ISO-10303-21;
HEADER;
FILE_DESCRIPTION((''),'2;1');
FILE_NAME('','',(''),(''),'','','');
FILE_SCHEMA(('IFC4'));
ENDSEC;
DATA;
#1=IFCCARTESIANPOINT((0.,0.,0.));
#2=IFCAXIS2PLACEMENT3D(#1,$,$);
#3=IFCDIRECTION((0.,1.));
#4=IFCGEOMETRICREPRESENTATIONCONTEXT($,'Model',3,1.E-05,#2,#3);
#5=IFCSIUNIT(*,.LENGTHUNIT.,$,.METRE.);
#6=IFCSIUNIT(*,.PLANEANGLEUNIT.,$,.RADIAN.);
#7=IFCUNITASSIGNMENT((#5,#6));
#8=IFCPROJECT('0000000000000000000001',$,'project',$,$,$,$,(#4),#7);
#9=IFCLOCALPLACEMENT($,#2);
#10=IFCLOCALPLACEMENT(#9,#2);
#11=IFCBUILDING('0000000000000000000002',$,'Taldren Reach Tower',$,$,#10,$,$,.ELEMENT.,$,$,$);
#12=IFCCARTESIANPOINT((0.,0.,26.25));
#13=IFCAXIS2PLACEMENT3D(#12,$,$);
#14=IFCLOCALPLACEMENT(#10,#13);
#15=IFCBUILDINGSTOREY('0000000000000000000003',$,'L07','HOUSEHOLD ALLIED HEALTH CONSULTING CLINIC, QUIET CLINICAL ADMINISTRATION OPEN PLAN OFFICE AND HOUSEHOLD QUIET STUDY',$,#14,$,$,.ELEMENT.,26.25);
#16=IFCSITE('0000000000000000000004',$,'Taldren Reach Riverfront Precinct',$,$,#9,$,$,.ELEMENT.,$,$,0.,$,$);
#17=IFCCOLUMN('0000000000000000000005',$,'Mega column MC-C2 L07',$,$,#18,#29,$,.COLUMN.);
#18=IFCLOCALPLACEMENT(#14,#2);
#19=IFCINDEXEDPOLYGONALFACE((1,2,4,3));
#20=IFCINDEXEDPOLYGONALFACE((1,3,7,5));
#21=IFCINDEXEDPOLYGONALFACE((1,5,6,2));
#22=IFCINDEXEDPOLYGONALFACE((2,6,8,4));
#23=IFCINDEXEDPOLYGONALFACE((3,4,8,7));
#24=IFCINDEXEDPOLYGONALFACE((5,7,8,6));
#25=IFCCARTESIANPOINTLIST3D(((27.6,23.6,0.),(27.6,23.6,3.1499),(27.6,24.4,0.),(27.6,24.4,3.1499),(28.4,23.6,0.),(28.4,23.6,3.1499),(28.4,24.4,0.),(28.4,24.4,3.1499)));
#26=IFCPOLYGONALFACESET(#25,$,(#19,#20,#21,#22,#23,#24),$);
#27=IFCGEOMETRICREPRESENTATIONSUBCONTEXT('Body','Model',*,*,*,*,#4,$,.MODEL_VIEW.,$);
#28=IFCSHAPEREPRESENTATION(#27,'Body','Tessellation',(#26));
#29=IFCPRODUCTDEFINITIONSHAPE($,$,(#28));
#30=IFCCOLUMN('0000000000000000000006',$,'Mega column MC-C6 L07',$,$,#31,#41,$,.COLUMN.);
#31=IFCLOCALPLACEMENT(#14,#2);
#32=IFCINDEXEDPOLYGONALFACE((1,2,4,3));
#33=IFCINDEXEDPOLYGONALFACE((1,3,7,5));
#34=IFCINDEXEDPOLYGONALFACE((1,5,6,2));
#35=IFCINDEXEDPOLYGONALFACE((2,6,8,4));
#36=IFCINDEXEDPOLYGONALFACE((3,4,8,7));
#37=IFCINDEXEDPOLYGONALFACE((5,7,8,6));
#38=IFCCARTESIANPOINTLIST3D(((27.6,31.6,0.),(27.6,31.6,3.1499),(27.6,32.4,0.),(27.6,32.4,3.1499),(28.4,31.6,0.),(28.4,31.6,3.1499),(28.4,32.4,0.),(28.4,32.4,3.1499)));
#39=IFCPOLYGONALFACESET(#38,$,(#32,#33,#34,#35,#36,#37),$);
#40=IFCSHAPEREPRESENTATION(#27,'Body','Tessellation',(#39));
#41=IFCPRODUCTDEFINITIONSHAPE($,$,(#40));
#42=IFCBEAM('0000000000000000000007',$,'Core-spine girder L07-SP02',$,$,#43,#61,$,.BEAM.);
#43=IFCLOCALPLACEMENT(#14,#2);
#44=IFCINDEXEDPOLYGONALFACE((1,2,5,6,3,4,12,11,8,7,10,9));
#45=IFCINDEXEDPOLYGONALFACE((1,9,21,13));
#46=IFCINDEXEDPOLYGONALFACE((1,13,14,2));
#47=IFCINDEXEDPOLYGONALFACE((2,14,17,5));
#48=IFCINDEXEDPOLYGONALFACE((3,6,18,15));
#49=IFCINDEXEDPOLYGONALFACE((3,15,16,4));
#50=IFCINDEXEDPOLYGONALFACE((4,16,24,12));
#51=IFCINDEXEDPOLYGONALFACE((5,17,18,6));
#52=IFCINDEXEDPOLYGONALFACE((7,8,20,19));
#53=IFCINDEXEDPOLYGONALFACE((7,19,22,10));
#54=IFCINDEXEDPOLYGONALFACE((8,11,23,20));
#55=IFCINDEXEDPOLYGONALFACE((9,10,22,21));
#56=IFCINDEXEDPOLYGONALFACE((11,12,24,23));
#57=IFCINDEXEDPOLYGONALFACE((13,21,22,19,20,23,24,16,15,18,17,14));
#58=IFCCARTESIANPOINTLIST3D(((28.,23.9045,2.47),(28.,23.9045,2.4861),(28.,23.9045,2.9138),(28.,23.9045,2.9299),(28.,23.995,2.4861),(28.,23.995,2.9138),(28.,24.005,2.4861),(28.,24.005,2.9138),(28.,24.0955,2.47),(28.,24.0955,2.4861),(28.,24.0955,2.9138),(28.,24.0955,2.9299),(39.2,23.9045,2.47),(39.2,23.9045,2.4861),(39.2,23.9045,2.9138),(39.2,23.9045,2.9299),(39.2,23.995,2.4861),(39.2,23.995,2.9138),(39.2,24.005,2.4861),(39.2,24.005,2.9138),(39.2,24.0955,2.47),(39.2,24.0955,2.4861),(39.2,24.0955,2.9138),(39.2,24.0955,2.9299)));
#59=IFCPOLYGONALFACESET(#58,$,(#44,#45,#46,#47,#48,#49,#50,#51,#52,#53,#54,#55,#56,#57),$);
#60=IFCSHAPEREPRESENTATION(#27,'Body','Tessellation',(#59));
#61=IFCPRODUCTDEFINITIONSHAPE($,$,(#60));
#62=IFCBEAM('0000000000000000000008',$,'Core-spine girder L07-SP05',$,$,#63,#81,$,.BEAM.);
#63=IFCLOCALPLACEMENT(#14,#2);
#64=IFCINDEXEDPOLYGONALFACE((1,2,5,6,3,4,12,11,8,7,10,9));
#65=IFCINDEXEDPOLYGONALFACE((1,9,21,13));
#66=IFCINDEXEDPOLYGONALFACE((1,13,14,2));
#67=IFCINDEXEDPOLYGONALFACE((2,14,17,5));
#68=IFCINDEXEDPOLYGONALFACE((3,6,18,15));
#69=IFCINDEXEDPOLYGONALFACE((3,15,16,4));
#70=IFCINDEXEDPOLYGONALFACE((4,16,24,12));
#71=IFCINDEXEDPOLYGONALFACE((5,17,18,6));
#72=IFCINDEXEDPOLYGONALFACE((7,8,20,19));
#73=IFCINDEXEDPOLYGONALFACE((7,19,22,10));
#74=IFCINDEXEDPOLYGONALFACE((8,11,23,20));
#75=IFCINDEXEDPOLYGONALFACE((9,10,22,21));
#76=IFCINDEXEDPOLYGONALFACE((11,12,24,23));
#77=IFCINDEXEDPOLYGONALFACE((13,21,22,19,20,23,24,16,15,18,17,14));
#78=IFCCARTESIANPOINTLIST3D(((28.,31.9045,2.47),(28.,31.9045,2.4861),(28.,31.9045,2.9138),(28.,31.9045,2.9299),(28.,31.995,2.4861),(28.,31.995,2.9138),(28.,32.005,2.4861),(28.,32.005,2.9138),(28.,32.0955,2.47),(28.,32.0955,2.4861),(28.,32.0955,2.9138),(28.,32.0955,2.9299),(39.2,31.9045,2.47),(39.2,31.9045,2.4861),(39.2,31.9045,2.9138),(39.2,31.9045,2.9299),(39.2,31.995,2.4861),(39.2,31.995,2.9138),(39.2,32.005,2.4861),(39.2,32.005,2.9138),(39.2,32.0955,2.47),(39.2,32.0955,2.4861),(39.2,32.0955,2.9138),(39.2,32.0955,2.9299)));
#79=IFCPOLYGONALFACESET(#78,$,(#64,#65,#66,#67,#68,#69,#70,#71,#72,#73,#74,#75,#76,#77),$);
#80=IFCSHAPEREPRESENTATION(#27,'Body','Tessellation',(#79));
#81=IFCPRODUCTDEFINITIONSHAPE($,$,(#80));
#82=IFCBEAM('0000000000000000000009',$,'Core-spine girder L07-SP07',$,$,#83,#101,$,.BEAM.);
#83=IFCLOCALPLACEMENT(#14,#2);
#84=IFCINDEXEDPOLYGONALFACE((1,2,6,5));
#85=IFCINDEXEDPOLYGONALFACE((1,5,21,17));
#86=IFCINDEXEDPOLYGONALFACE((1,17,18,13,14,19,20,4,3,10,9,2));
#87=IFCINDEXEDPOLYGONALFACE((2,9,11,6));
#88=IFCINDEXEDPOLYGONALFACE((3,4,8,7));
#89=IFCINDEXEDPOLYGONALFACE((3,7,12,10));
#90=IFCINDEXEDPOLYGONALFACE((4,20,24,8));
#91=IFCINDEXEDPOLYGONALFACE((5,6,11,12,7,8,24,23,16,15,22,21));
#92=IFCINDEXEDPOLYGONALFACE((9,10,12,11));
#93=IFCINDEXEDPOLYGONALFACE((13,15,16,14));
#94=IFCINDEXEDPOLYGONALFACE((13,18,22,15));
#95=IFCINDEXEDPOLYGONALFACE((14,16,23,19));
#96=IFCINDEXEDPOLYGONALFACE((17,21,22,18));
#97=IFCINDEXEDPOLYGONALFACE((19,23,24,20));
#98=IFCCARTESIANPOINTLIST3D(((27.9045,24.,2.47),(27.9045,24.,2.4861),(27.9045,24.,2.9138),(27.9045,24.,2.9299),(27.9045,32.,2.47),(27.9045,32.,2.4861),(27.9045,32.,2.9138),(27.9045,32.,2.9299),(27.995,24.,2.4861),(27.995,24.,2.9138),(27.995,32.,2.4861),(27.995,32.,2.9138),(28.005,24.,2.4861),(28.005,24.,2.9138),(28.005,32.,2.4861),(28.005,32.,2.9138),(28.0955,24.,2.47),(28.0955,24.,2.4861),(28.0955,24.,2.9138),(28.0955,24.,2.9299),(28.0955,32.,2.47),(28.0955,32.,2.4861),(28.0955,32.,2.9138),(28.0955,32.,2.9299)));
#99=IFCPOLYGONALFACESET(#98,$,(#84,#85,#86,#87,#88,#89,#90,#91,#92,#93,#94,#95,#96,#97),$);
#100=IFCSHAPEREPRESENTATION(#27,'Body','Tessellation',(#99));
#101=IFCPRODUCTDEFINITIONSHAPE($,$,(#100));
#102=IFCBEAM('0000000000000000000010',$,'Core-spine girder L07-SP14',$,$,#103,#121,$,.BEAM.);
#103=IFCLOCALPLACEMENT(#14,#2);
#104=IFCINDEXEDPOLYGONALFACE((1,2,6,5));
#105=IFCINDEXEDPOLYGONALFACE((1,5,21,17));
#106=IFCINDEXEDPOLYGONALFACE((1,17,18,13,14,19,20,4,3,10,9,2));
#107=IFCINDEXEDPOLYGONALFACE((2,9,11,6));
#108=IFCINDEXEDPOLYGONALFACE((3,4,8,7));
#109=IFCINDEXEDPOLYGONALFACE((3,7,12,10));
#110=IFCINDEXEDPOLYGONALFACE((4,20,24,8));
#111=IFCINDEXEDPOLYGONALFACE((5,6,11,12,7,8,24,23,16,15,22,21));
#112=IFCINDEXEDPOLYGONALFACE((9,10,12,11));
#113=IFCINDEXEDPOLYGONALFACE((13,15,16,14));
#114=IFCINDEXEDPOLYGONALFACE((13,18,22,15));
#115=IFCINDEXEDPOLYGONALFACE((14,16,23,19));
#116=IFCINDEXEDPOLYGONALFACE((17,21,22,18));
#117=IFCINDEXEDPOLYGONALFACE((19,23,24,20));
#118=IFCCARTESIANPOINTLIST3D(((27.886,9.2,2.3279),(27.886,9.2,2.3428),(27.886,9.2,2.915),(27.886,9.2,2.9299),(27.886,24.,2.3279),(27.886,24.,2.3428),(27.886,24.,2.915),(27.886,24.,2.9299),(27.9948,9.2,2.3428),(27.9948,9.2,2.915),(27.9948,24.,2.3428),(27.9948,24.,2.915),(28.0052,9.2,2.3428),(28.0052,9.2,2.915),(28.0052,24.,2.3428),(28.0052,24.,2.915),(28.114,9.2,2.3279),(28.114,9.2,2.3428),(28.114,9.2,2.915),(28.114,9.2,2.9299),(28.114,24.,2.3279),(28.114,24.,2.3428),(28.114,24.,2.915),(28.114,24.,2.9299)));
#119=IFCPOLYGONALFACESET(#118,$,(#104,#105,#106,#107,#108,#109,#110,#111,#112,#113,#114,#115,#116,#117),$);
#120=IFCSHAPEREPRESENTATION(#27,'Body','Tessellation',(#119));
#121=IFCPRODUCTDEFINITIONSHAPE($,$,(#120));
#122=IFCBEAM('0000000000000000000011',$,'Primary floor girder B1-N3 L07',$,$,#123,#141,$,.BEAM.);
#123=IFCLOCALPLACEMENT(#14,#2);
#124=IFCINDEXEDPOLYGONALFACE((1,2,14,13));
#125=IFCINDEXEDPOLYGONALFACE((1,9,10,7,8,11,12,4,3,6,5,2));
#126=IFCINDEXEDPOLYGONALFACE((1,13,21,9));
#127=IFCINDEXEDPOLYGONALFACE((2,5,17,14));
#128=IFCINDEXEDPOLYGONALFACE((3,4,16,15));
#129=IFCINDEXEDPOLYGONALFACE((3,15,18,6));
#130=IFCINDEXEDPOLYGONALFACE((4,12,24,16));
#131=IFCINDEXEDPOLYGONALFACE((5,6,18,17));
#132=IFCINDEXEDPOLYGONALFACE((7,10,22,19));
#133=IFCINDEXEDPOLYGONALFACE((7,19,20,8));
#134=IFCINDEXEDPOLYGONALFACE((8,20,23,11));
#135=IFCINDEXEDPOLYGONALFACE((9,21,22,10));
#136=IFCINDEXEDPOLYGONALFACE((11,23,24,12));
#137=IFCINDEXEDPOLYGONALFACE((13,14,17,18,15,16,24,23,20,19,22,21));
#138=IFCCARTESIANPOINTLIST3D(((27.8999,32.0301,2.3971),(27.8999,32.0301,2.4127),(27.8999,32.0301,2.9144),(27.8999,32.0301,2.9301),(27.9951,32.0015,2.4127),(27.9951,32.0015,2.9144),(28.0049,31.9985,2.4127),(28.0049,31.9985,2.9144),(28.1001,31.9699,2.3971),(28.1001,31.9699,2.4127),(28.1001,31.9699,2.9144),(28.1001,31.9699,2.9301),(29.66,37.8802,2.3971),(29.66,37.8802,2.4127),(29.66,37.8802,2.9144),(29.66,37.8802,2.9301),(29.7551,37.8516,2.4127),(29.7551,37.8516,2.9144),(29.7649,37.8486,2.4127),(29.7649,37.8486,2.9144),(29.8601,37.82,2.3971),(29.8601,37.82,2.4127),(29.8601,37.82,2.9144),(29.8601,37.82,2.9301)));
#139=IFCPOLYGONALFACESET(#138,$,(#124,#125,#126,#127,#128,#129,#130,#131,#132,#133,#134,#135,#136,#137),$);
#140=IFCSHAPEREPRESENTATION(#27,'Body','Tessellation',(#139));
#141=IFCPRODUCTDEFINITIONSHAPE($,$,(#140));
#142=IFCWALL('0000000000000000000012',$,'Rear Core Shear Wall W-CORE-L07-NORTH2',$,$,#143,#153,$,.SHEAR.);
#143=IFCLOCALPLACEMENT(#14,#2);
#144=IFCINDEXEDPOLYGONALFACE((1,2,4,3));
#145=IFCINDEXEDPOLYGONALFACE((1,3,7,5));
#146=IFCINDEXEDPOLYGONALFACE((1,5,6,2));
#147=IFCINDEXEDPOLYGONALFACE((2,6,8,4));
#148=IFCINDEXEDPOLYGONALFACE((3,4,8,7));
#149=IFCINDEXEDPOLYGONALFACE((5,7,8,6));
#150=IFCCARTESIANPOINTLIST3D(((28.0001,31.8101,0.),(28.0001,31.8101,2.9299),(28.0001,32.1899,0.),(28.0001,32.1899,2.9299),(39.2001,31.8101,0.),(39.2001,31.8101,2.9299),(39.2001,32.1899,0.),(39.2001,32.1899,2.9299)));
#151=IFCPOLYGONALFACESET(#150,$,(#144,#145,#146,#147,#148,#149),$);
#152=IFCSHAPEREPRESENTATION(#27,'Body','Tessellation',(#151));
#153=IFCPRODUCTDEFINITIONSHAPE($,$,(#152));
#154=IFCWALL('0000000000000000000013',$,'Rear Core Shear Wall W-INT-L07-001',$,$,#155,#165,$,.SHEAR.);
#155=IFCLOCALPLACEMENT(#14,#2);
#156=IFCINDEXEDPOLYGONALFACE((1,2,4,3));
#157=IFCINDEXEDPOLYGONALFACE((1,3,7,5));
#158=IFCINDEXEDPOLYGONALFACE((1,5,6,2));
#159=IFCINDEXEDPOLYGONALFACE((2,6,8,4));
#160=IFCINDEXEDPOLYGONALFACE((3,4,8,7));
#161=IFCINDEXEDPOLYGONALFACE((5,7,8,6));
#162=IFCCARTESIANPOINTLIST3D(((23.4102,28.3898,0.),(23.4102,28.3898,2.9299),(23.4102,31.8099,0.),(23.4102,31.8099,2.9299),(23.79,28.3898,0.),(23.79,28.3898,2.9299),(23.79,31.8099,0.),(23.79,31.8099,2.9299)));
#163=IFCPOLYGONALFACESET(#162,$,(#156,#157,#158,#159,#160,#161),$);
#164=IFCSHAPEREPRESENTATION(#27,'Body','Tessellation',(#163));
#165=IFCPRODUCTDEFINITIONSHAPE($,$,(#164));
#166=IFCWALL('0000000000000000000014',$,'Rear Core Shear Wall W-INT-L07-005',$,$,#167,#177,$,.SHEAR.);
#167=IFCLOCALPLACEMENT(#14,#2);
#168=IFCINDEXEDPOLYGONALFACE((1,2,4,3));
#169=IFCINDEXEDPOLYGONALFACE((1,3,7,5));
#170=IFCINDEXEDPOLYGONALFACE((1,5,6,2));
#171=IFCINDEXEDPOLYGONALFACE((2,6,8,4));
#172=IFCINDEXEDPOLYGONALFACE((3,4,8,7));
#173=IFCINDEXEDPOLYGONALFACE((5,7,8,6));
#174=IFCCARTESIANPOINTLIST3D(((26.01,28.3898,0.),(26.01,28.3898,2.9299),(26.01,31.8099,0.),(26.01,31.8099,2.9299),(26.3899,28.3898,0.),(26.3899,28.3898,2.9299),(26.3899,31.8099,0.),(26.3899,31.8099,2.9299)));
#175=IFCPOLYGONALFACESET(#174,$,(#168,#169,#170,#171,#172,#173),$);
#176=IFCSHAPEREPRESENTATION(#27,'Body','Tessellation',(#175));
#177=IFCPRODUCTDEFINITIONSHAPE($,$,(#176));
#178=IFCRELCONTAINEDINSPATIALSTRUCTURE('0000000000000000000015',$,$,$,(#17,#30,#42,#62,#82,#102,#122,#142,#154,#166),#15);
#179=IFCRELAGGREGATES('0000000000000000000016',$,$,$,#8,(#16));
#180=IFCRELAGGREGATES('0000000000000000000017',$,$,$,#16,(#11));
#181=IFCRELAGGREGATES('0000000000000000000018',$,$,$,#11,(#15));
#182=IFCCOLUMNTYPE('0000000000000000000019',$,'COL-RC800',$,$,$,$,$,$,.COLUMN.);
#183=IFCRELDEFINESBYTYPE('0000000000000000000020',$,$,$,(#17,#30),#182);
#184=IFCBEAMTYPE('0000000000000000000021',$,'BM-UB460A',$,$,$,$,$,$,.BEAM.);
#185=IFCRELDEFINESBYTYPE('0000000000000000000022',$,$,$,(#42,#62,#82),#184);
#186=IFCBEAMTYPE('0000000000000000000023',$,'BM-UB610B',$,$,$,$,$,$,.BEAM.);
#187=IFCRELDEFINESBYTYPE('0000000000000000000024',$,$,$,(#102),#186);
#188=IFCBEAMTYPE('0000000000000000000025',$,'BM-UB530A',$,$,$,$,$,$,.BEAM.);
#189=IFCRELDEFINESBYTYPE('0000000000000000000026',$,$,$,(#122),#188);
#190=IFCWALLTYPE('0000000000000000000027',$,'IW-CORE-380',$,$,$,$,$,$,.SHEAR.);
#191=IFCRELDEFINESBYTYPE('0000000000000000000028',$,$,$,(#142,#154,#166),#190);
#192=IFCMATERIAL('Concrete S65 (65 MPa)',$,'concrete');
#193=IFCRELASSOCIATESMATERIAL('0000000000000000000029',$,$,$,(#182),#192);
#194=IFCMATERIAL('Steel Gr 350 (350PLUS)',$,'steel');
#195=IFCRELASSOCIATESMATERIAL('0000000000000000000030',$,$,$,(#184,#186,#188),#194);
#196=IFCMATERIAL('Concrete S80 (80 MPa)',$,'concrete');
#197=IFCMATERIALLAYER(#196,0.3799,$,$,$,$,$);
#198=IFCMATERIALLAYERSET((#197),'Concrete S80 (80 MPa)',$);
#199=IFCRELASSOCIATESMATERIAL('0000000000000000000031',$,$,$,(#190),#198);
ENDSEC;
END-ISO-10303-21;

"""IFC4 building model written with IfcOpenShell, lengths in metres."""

from ifc_helpers import new_model, si_unit, direction, frame, frame_2d, origin, origin_2d, place, context, subcontext, project, spatial, rectangle, i_section, extrude, source, transform, mapped, material, layer, layer_set, material_profile, profile_set, type_object, element, save


model = new_model("IFC4")

# Units and contexts
model_context = context("Model", 3, precision=1e-05, world=origin(), true_north=direction((0.0, 1.0)))
body_context = subcontext(model_context, "Body", "Model", "MODEL_VIEW")
ifc_project = project(units=[si_unit("LENGTHUNIT", "METRE"), si_unit("PLANEANGLEUNIT", "RADIAN")], contexts=[model_context])

# Site, building, storey
site_placement = place(None, origin())
site = spatial("IfcSite", under=ifc_project, at=site_placement, Name="Taldren Reach Riverfront Precinct", CompositionType="ELEMENT", RefElevation=0.0)
building_placement = place(site_placement, origin())
building = spatial("IfcBuilding", under=site, at=building_placement, Name="Taldren Reach Tower", CompositionType="ELEMENT")
storey_placement = place(building_placement, frame((0.0, 0.0, 26.25)))
storey = spatial("IfcBuildingStorey", under=building, at=storey_placement, Name="L07", Description="HOUSEHOLD ALLIED HEALTH CONSULTING CLINIC, QUIET CLINICAL ADMINISTRATION OPEN PLAN OFFICE AND HOUSEHOLD QUIET STUDY", CompositionType="ELEMENT", Elevation=26.25)

# Columns
ifc_material_1 = material(Name="Concrete S65 (65 MPa)", Category="concrete")
ifc_material_profile_1 = material_profile(ifc_material_1, rectangle(XDim=0.8, YDim=0.8, at=origin_2d()), Name="RC-800x800")
ifc_profile_set_1 = profile_set([ifc_material_profile_1], Name="Concrete S65 (65 MPa)")
column_type = type_object("IfcColumnType", Name="COL-RC800", PredefinedType="COLUMN", material=ifc_profile_set_1)
shared_shape_1 = source(origin(), body_context, "Body", "SweptSolid", [
    extrude(rectangle(XDim=0.8, YDim=0.8, at=origin_2d()), origin(), (0.0, 0.0, 1.0), 3.1499),
])
for number, where, z_axis, x_axis, name in (
    (1, (28.0, 24.0, 0.0), (0.0, 0.0, 1.0), (1.0, 0.0, 0.0), "Mega column MC-C2 L07"),
    (2, (28.0, 32.0, 0.0), (0.0, 0.0, 1.0), (1.0, 0.0, 0.0), "Mega column MC-C6 L07"),
):
    element("IfcColumn", number, at=place(storey_placement, frame(where, z_axis=z_axis, x_axis=x_axis)), inside=storey, type_object=column_type, Name=name, PredefinedType="COLUMN", context=body_context, shape_type="MappedRepresentation", body=[
        mapped(shared_shape_1, transform((0.0, 0.0, 0.0), scale=1.0)),
    ])

# Beams
ifc_material_2 = material(Name="Steel Gr 350 (350PLUS)", Category="steel")
ifc_material_profile_2 = material_profile(ifc_material_2, i_section(OverallWidth=0.1909, OverallDepth=0.46, WebThickness=0.01, FlangeThickness=0.0161, at=origin_2d()), Name="460UB82.1")
ifc_profile_set_2 = profile_set([ifc_material_profile_2], Name="Steel Gr 350 (350PLUS)")
beam_type_1 = type_object("IfcBeamType", Name="BM-UB460A", PredefinedType="BEAM", material=ifc_profile_set_2)
shared_shape_2 = source(origin(), body_context, "Body", "SweptSolid", [
    extrude(i_section(OverallWidth=0.1909, OverallDepth=0.46, WebThickness=0.01, FlangeThickness=0.0161, at=origin_2d()), origin(), (0.0, 0.0, 1.0), 11.2),
])
for number, where, z_axis, x_axis, name in (
    (3, (28.0, 24.0, 2.7), (1.0, 0.0, 0.0), (0.0, 1.0, 0.0), "Core-spine girder L07-SP02"),
    (4, (28.0, 32.0, 2.7), (1.0, 0.0, 0.0), (0.0, 1.0, 0.0), "Core-spine girder L07-SP05"),
):
    element("IfcBeam", number, at=place(storey_placement, frame(where, z_axis=z_axis, x_axis=x_axis)), inside=storey, type_object=beam_type_1, Name=name, PredefinedType="BEAM", context=body_context, shape_type="MappedRepresentation", body=[
        mapped(shared_shape_2, transform((0.0, 0.0, 0.0), scale=1.0)),
    ])
shared_shape_3 = source(origin(), body_context, "Body", "SweptSolid", [
    extrude(i_section(OverallWidth=0.1909, OverallDepth=0.46, WebThickness=0.01, FlangeThickness=0.0161, at=origin_2d()), origin(), (0.0, 0.0, 1.0), 8.0),
])
beam_1_placement = place(storey_placement, frame((28.0, 24.0, 2.7), z_axis=(0.0, 1.0, 0.0), x_axis=(-1.0, 0.0, 0.0)))
element("IfcBeam", 5, at=beam_1_placement, inside=storey, type_object=beam_type_1, Name="Core-spine girder L07-SP07", PredefinedType="BEAM", context=body_context, shape_type="MappedRepresentation", body=[
    mapped(shared_shape_3, transform((0.0, 0.0, 0.0), scale=1.0)),
])
ifc_material_profile_3 = material_profile(ifc_material_2, i_section(OverallWidth=0.228, OverallDepth=0.6021, WebThickness=0.0105, FlangeThickness=0.0149, at=origin_2d()), Name="610UB101")
ifc_profile_set_3 = profile_set([ifc_material_profile_3], Name="Steel Gr 350 (350PLUS)")
beam_type_2 = type_object("IfcBeamType", Name="BM-UB610B", PredefinedType="BEAM", material=ifc_profile_set_3)
shared_shape_4 = source(origin(), body_context, "Body", "SweptSolid", [
    extrude(i_section(OverallWidth=0.228, OverallDepth=0.6021, WebThickness=0.0105, FlangeThickness=0.0149, at=origin_2d()), origin(), (0.0, 0.0, 1.0), 14.8),
])
beam_2_placement = place(storey_placement, frame((28.0, 24.0, 2.6289), z_axis=(0.0, -1.0, 0.0), x_axis=(1.0, 0.0, 0.0)))
element("IfcBeam", 6, at=beam_2_placement, inside=storey, type_object=beam_type_2, Name="Core-spine girder L07-SP14", PredefinedType="BEAM", context=body_context, shape_type="MappedRepresentation", body=[
    mapped(shared_shape_4, transform((0.0, 0.0, 0.0), scale=1.0)),
])
ifc_material_profile_4 = material_profile(ifc_material_2, i_section(OverallWidth=0.209, OverallDepth=0.533, WebThickness=0.0103, FlangeThickness=0.0156, at=origin_2d()), Name="530UB92.4")
ifc_profile_set_4 = profile_set([ifc_material_profile_4], Name="Steel Gr 350 (350PLUS)")
beam_type_3 = type_object("IfcBeamType", Name="BM-UB530A", PredefinedType="BEAM", material=ifc_profile_set_4)
shared_shape_5 = source(origin(), body_context, "Body", "SweptSolid", [
    extrude(i_section(OverallWidth=0.209, OverallDepth=0.533, WebThickness=0.0103, FlangeThickness=0.0156, at=origin_2d()), origin(), (0.0, 0.0, 1.0), 6.1091),
])
beam_3_placement = place(storey_placement, frame((28.0, 32.0, 2.6636), z_axis=(0.288096, 0.957602, 0.0), x_axis=(-0.957602, 0.288096, 0.0)))
element("IfcBeam", 7, at=beam_3_placement, inside=storey, type_object=beam_type_3, Name="Primary floor girder B1-N3 L07", PredefinedType="BEAM", context=body_context, shape_type="MappedRepresentation", body=[
    mapped(shared_shape_5, transform((0.0, 0.0, 0.0), scale=1.0)),
])

# Walls
ifc_material_3 = material(Name="Concrete S80 (80 MPa)", Category="concrete")
ifc_layer_1 = layer(ifc_material_3, 0.3799)
ifc_layer_set_1 = layer_set([ifc_layer_1], Name="Concrete S80 (80 MPa)")
wall_type_1 = type_object("IfcWallType", Name="IW-CORE-380", PredefinedType="SHEAR", material=ifc_layer_set_1)
shared_shape_6 = source(origin(), body_context, "Body", "SweptSolid", [
    extrude(rectangle(XDim=11.2, YDim=0.3799, at=frame_2d((5.6001, 0.0))), origin(), (0.0, 0.0, 1.0), 2.9299),
])
wall_1_placement = place(storey_placement, frame((28.0, 32.0, 0.0), z_axis=(0.0, 0.0, 1.0), x_axis=(1.0, 0.0, 0.0)))
element("IfcWall", 8, at=wall_1_placement, inside=storey, type_object=wall_type_1, Name="Rear Core Shear Wall W-CORE-L07-NORTH2", PredefinedType="SHEAR", context=body_context, shape_type="MappedRepresentation", body=[
    mapped(shared_shape_6, transform((0.0, 0.0, 0.0), scale=1.0)),
])
shared_shape_7 = source(origin(), body_context, "Body", "SweptSolid", [
    extrude(rectangle(XDim=3.4202, YDim=0.3799, at=frame_2d((1.71, 0.0))), origin(), (0.0, 0.0, 1.0), 2.9299),
])
for number, where, z_axis, x_axis, name in (
    (9, (23.6001, 28.3899, 0.0), (0.0, 0.0, 1.0), (0.0, 1.0, 0.0), "Rear Core Shear Wall W-INT-L07-001"),
    (10, (26.2, 28.3899, 0.0), (0.0, 0.0, 1.0), (0.0, 1.0, 0.0), "Rear Core Shear Wall W-INT-L07-005"),
):
    element("IfcWall", number, at=place(storey_placement, frame(where, z_axis=z_axis, x_axis=x_axis)), inside=storey, type_object=wall_type_1, Name=name, PredefinedType="SHEAR", context=body_context, shape_type="MappedRepresentation", body=[
        mapped(shared_shape_7, transform((0.0, 0.0, 0.0), scale=1.0)),
    ])

save(model, "model.ifc")
